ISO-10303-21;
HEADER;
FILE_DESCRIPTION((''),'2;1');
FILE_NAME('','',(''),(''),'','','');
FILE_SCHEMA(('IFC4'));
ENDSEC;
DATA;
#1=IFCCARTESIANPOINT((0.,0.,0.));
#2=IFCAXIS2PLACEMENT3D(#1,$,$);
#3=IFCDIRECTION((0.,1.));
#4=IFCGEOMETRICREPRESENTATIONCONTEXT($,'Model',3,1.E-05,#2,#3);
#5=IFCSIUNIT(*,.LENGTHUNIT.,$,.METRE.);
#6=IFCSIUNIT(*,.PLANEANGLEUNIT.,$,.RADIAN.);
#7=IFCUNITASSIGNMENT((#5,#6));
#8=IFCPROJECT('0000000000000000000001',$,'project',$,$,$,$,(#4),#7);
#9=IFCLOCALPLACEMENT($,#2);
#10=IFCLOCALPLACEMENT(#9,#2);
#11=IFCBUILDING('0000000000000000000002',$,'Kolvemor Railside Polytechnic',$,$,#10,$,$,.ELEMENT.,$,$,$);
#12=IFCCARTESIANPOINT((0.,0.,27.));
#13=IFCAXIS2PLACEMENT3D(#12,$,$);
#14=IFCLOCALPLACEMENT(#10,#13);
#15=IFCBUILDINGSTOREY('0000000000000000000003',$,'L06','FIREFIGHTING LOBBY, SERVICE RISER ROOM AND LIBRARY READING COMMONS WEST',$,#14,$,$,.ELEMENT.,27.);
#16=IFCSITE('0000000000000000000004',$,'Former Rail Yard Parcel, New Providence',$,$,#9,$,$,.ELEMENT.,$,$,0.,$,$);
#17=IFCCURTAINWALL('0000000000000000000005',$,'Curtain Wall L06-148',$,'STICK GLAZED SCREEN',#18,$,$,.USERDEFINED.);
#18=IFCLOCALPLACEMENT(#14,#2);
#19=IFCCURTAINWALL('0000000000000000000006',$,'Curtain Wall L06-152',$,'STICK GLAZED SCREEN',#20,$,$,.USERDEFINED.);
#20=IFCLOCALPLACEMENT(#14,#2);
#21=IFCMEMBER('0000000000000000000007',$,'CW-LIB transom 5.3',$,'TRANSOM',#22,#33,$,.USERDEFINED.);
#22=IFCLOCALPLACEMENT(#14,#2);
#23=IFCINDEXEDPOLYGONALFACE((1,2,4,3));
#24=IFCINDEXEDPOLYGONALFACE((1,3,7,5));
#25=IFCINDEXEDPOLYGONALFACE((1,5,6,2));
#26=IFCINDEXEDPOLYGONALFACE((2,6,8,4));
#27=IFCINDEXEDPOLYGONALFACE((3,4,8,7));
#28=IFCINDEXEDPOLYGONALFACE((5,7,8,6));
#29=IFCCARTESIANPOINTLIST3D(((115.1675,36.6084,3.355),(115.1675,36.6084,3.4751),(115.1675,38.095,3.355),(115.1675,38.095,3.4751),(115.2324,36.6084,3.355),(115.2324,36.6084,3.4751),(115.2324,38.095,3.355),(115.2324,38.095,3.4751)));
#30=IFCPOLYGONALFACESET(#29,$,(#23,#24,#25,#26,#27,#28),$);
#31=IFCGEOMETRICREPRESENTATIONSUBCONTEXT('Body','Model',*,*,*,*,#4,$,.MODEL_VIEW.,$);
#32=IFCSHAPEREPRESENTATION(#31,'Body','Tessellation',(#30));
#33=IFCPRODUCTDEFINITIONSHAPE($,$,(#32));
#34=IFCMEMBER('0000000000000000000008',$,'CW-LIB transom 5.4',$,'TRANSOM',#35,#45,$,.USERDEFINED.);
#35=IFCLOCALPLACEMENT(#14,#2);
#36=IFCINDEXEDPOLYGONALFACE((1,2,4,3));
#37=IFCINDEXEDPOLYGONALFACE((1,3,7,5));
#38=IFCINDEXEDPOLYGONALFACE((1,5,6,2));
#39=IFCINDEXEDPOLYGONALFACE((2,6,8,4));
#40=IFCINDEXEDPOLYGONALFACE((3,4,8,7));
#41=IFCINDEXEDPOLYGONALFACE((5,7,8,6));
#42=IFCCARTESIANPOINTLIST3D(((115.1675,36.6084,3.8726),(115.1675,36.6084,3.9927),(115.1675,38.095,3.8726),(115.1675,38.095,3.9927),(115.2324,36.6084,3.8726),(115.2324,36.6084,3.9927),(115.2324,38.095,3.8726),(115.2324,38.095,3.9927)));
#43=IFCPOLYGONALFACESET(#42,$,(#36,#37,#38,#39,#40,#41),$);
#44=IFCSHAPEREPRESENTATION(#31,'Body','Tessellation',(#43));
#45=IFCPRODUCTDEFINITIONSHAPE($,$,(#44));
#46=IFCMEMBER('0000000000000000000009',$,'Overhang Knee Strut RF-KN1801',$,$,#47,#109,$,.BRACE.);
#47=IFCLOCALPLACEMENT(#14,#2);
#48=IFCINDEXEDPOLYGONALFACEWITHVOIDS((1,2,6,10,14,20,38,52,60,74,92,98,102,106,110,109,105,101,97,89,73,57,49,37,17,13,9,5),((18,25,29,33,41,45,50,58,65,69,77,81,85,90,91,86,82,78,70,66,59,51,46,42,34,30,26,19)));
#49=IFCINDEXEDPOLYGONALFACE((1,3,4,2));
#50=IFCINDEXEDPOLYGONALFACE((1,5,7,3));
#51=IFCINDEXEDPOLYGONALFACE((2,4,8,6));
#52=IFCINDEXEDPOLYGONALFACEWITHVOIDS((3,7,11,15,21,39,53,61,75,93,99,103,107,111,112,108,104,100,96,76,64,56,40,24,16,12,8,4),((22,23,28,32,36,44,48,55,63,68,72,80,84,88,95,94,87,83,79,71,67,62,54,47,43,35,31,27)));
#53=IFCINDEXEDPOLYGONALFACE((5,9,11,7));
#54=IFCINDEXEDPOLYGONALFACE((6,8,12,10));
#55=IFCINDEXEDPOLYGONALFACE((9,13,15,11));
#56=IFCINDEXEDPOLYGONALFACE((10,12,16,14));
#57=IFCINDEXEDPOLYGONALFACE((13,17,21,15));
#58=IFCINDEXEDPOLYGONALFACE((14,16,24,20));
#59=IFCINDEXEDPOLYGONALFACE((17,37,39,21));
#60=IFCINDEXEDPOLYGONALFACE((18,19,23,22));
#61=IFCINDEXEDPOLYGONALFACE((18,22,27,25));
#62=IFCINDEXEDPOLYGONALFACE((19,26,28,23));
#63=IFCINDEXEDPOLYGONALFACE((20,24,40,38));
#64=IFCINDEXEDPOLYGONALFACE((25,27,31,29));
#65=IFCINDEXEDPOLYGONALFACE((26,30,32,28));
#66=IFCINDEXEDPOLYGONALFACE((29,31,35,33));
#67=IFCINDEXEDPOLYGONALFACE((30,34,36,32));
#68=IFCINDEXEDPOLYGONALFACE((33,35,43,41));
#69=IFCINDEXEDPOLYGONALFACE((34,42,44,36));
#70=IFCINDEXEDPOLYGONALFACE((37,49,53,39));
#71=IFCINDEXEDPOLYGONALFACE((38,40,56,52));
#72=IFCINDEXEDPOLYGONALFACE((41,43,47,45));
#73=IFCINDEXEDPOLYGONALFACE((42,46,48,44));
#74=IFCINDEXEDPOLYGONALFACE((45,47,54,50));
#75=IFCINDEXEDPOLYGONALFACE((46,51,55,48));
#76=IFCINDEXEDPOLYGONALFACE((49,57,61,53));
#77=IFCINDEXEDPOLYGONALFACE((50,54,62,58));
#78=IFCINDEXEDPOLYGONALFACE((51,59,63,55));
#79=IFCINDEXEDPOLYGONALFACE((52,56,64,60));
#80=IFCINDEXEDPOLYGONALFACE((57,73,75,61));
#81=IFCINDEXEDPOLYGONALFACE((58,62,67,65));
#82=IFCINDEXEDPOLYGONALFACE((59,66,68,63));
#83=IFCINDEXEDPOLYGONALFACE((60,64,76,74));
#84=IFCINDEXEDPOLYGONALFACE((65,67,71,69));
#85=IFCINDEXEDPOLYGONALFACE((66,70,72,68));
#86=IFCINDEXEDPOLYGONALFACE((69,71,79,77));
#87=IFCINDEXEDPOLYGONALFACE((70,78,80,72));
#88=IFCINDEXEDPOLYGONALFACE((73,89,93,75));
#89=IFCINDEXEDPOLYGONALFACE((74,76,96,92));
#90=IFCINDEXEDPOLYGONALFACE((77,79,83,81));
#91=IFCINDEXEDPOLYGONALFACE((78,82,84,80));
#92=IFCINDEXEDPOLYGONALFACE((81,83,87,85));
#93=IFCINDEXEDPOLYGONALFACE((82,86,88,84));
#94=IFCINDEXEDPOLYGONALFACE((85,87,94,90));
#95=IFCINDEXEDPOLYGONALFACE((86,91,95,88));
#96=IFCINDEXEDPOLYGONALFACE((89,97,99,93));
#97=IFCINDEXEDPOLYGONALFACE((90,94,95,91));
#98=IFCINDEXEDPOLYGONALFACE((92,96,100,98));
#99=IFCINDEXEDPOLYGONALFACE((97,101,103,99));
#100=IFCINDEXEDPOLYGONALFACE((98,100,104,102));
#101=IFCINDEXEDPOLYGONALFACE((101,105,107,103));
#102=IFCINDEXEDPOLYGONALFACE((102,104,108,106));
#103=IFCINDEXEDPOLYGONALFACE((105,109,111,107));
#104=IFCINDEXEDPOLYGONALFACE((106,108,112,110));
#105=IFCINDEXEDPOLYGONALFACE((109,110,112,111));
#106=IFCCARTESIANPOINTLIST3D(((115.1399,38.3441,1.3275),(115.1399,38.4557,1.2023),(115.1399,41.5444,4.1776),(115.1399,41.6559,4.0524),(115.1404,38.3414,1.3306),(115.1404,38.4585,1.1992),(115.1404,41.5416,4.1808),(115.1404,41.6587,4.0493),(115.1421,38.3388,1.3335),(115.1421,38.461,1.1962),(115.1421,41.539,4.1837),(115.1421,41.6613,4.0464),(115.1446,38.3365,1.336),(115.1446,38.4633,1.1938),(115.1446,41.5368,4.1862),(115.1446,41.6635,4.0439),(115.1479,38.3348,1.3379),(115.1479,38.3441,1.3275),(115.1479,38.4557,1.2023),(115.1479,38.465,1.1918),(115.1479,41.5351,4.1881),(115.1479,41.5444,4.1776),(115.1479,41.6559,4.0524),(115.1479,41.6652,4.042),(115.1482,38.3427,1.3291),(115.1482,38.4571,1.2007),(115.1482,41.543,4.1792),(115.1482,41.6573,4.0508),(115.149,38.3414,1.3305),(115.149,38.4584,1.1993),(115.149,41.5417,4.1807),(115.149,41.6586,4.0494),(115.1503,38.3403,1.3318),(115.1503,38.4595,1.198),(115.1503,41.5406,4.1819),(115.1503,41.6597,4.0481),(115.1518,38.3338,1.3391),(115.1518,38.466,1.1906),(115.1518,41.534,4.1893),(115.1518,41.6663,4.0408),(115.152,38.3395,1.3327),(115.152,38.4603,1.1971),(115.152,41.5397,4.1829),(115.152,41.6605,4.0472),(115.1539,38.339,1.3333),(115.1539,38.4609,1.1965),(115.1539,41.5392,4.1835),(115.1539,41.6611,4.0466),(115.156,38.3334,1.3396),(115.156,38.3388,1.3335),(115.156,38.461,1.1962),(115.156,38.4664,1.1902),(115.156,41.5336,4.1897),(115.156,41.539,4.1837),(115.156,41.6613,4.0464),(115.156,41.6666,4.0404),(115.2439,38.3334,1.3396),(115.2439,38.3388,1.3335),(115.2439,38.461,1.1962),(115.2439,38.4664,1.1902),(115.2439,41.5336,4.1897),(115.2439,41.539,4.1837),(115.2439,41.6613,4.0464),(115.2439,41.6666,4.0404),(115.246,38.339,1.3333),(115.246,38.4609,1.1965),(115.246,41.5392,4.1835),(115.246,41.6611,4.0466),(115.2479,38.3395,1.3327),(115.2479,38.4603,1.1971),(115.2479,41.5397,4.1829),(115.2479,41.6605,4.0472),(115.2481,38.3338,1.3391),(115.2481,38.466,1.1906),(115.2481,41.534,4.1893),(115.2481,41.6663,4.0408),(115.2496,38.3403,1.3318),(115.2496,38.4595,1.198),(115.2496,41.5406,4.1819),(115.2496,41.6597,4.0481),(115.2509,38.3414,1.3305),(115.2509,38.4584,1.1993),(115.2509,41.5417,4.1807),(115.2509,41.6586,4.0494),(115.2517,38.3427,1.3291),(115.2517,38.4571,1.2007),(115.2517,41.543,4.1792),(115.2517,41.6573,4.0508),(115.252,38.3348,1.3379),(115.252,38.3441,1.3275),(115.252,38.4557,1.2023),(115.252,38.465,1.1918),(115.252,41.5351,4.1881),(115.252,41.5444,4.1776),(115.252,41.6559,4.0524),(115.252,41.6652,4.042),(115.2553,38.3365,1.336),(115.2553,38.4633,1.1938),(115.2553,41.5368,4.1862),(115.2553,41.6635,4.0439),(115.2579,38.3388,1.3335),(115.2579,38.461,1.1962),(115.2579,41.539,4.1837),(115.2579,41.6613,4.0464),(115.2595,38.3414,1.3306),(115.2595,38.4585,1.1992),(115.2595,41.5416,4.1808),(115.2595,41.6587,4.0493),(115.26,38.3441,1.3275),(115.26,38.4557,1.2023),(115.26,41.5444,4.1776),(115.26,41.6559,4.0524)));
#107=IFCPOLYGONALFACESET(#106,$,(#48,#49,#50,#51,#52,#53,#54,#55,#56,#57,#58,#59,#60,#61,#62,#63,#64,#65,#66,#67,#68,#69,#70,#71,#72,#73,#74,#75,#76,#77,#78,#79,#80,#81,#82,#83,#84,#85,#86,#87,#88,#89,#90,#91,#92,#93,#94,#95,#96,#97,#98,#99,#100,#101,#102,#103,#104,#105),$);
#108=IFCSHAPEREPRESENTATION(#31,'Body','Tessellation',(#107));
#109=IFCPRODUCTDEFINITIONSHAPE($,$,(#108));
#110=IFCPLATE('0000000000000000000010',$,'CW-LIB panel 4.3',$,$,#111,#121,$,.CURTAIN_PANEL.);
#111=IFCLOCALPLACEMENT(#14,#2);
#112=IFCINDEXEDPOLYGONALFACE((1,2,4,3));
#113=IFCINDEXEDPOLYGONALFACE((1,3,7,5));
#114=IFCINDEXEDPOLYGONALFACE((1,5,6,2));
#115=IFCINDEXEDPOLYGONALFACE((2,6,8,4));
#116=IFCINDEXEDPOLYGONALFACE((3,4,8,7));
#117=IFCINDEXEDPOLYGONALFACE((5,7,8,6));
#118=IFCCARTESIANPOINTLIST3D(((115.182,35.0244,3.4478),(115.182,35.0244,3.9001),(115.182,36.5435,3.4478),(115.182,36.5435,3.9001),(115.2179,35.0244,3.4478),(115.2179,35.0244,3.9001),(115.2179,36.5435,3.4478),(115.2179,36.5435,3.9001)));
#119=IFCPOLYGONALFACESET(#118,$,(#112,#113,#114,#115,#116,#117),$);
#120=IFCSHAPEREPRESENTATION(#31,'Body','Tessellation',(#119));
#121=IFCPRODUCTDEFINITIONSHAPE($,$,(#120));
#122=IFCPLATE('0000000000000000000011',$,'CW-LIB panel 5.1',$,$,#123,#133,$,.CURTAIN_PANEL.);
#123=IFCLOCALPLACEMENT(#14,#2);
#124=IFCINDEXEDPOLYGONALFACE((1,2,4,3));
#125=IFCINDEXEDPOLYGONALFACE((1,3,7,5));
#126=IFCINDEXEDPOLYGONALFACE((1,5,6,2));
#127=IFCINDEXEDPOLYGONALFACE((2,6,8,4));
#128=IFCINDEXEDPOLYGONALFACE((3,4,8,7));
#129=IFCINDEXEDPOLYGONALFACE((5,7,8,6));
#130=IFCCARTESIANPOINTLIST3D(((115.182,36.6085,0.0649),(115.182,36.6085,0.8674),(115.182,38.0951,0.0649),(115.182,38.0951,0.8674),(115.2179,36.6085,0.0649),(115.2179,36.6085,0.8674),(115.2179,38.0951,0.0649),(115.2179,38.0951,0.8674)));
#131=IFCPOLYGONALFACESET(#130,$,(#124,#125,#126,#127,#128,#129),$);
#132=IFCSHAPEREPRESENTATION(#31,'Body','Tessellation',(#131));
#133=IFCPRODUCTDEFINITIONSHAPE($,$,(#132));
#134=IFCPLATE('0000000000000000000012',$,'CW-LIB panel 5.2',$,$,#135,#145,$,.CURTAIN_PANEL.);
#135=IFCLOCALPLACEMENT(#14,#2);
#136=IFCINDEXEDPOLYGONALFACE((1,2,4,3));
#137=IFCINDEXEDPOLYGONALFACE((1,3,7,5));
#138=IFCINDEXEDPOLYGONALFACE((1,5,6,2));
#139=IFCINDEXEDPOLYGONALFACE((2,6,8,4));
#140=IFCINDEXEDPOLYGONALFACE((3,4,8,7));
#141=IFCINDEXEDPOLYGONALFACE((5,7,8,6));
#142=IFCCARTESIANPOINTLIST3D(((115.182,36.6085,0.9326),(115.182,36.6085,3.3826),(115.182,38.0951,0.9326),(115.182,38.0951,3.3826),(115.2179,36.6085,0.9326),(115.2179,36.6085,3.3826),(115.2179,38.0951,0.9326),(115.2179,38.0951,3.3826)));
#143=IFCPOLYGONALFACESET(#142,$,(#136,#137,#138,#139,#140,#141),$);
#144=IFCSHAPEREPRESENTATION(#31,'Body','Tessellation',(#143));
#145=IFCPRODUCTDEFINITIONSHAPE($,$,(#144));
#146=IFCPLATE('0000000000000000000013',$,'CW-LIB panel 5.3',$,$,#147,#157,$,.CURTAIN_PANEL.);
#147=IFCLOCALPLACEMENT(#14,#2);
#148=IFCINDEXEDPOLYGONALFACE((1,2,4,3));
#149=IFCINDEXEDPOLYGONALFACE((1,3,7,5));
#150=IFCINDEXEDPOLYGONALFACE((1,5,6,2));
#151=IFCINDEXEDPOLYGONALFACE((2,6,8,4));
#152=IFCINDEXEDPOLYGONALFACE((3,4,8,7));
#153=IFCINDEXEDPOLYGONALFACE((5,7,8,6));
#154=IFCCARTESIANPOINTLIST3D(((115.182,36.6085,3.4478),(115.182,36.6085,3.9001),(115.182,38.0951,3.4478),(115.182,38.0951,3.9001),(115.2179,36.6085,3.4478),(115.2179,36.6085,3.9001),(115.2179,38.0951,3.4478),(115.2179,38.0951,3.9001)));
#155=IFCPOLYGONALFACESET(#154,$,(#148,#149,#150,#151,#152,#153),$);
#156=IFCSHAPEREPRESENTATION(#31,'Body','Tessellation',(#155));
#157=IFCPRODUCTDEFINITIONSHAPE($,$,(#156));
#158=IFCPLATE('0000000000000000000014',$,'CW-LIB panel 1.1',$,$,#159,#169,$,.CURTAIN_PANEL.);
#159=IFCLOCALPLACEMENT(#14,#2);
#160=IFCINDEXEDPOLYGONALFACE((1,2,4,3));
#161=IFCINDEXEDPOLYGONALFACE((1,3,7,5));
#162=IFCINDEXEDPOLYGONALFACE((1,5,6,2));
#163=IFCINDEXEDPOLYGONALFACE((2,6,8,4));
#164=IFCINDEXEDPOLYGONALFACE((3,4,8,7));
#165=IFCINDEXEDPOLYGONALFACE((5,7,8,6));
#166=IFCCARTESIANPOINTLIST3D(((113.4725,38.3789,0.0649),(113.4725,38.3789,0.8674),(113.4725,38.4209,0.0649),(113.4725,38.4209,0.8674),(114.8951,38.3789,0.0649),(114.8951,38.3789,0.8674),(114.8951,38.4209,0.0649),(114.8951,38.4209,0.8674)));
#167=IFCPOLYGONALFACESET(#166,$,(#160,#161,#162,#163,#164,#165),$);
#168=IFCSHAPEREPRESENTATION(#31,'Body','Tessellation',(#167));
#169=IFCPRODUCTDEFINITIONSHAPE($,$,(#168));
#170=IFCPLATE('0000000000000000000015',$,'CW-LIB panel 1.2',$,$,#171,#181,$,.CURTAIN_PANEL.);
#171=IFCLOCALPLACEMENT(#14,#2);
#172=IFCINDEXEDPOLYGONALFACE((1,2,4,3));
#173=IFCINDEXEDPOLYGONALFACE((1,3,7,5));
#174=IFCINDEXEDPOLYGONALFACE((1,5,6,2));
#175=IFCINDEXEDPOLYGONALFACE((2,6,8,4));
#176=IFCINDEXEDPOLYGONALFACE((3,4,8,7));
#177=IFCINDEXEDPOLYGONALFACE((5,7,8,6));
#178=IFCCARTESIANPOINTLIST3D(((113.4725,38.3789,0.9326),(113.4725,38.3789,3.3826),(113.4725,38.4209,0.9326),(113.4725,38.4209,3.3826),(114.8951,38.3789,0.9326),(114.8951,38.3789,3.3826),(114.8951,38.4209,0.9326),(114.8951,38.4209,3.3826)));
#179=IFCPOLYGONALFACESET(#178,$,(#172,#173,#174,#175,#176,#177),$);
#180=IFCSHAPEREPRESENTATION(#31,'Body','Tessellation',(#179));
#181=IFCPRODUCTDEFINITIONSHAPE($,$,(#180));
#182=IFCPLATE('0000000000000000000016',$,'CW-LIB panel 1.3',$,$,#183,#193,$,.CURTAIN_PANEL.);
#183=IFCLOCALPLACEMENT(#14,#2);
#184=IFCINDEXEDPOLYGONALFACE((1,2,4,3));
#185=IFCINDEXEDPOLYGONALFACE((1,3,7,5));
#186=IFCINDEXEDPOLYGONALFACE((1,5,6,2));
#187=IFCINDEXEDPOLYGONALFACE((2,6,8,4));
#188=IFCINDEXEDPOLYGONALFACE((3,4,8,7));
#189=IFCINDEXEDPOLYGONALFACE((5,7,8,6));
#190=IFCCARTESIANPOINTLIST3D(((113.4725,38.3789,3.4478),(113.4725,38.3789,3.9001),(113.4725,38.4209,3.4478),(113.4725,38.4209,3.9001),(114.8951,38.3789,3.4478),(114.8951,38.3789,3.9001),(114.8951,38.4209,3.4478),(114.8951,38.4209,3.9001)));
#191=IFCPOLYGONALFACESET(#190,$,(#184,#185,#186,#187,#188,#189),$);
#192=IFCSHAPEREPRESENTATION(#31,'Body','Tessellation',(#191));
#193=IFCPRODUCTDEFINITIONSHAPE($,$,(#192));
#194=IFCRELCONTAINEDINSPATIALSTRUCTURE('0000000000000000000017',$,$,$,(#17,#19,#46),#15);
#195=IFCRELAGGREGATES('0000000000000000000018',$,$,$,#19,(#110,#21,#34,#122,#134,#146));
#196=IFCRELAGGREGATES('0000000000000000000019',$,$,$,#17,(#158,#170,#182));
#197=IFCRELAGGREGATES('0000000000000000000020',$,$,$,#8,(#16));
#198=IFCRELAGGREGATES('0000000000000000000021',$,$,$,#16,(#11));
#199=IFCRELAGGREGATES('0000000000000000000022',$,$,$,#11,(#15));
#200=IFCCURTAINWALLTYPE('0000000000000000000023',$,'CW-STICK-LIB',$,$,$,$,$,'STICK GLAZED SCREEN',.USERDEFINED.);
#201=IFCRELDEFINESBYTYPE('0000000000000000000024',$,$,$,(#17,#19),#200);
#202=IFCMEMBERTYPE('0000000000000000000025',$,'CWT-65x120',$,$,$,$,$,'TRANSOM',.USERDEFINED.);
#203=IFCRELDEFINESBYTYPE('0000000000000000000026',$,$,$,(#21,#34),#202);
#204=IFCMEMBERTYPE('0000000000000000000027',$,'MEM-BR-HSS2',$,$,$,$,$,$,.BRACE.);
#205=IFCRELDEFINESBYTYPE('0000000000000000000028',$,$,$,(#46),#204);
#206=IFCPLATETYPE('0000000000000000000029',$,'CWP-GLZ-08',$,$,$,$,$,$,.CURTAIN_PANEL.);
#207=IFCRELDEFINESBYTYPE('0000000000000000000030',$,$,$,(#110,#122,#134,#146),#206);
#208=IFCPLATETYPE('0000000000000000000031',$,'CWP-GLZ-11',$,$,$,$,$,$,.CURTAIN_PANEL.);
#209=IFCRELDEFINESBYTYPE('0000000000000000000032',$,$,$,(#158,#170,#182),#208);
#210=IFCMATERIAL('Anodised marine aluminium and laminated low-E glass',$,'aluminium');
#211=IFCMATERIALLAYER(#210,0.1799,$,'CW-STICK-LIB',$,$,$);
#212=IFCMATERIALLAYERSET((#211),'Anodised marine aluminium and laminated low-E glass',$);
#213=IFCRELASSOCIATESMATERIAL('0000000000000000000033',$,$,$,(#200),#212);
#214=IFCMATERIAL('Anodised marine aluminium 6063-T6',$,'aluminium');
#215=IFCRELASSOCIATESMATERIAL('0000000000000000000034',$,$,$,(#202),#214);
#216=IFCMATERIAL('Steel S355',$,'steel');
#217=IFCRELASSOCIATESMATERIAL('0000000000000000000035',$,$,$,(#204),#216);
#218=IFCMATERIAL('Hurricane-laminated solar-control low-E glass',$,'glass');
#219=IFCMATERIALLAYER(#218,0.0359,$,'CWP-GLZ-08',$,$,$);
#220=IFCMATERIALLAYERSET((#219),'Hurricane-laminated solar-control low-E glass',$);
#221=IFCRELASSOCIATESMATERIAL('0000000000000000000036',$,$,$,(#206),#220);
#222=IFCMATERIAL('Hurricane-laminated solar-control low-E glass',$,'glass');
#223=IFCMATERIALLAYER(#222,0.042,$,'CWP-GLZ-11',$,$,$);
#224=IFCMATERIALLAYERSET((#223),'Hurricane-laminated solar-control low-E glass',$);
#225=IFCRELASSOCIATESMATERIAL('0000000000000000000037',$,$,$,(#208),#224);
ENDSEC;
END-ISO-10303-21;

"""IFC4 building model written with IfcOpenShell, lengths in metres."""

from ifc_helpers import new_model, si_unit, direction, frame, origin, origin_2d, place, context, subcontext, project, spatial, rectangle, hollow_rectangle, extrude, material, layer, layer_set, material_profile, profile_set, type_object, element, aggregate, save


model = new_model("IFC4")

# Units and contexts
model_context = context("Model", 3, precision=1e-05, world=origin(), true_north=direction((0.0, 1.0)))
body_context = subcontext(model_context, "Body", "Model", "MODEL_VIEW")
ifc_project = project(units=[si_unit("LENGTHUNIT", "METRE"), si_unit("PLANEANGLEUNIT", "RADIAN")], contexts=[model_context])

# Site, building, storey
site_placement = place(None, origin())
site = spatial("IfcSite", under=ifc_project, at=site_placement, Name="Former Rail Yard Parcel, New Providence", CompositionType="ELEMENT", RefElevation=0.0)
building_placement = place(site_placement, origin())
building = spatial("IfcBuilding", under=site, at=building_placement, Name="Kolvemor Railside Polytechnic", CompositionType="ELEMENT")
storey_placement = place(building_placement, frame((0.0, 0.0, 27.0)))
storey = spatial("IfcBuildingStorey", under=building, at=storey_placement, Name="L06", Description="FIREFIGHTING LOBBY, SERVICE RISER ROOM AND LIBRARY READING COMMONS WEST", CompositionType="ELEMENT", Elevation=27.0)

# Curtain walls
ifc_material_1 = material(Name="Anodised marine aluminium and laminated low-E glass", Category="aluminium")
ifc_layer_1 = layer(ifc_material_1, 0.1799, Name="CW-STICK-LIB")
ifc_layer_set_1 = layer_set([ifc_layer_1], Name="Anodised marine aluminium and laminated low-E glass")
curtain_wall_type = type_object("IfcCurtainWallType", Name="CW-STICK-LIB", ElementType="STICK GLAZED SCREEN", PredefinedType="USERDEFINED", material=ifc_layer_set_1)
curtain_wall_1_placement = place(storey_placement, origin())
curtain_wall_1 = element("IfcCurtainWall", 1, at=curtain_wall_1_placement, inside=storey, type_object=curtain_wall_type, Name="Curtain Wall L06-148", ObjectType="STICK GLAZED SCREEN", PredefinedType="USERDEFINED")
curtain_wall_2_placement = place(storey_placement, origin())
curtain_wall_2 = element("IfcCurtainWall", 2, at=curtain_wall_2_placement, inside=storey, type_object=curtain_wall_type, Name="Curtain Wall L06-152", ObjectType="STICK GLAZED SCREEN", PredefinedType="USERDEFINED")

# Members
ifc_material_2 = material(Name="Anodised marine aluminium 6063-T6", Category="aluminium")
ifc_material_profile_1 = material_profile(ifc_material_2, rectangle(XDim=0.0649, YDim=0.1201, at=origin_2d()), Name="CW-TRN-65x120")
ifc_profile_set_1 = profile_set([ifc_material_profile_1], Name="Anodised marine aluminium 6063-T6")
member_type_1 = type_object("IfcMemberType", Name="CWT-65x120", ElementType="TRANSOM", PredefinedType="USERDEFINED", material=ifc_profile_set_1)
member_1_placement = place(storey_placement, frame((115.2, 36.6084, 3.415), z_axis=(0.0, 1.0, 0.0), x_axis=(-1.0, 0.0, 0.0)))
member_1 = element("IfcMember", 3, at=member_1_placement, type_object=member_type_1, Name="CW-LIB transom 5.3", ObjectType="TRANSOM", PredefinedType="USERDEFINED", context=body_context, shape_type="SweptSolid", body=[
    extrude(rectangle(XDim=0.0649, YDim=0.1201, at=origin_2d()), origin(), (0.0, 0.0, 1.0), 1.4866),
])
member_2_placement = place(storey_placement, frame((115.2, 36.6084, 3.9326), z_axis=(0.0, 1.0, 0.0), x_axis=(-1.0, 0.0, 0.0)))
member_2 = element("IfcMember", 4, at=member_2_placement, type_object=member_type_1, Name="CW-LIB transom 5.4", ObjectType="TRANSOM", PredefinedType="USERDEFINED", context=body_context, shape_type="SweptSolid", body=[
    extrude(rectangle(XDim=0.0649, YDim=0.1201, at=origin_2d()), origin(), (0.0, 0.0, 1.0), 1.4866),
])
ifc_material_3 = material(Name="Steel S355", Category="steel")
ifc_material_profile_2 = material_profile(ifc_material_3, hollow_rectangle(XDim=0.1201, YDim=0.2, WallThickness=0.0081, InnerFilletRadius=0.0081, OuterFilletRadius=0.0161, at=origin_2d()), Name="HSS200x120x8")
ifc_profile_set_2 = profile_set([ifc_material_profile_2], Name="Steel S355")
member_type_2 = type_object("IfcMemberType", Name="MEM-BR-HSS2", PredefinedType="BRACE", material=ifc_profile_set_2)
member_3_placement = place(storey_placement, frame((115.2, 38.3999, 1.2649), z_axis=(0.0, 0.746774, 0.665078), x_axis=(-1.0, 0.0, 0.0)))
element("IfcMember", 5, at=member_3_placement, inside=storey, type_object=member_type_2, Name="Overhang Knee Strut RF-KN1801", PredefinedType="BRACE", context=body_context, shape_type="SweptSolid", body=[
    extrude(hollow_rectangle(XDim=0.1201, YDim=0.2, WallThickness=0.0081, InnerFilletRadius=0.0081, OuterFilletRadius=0.0161, at=origin_2d()), origin(), (0.0, 0.0, 1.0), 4.2854),
])

# Plates
ifc_material_4 = material(Name="Hurricane-laminated solar-control low-E glass", Category="glass")
ifc_layer_2 = layer(ifc_material_4, 0.0359, Name="CWP-GLZ-08")
ifc_layer_set_2 = layer_set([ifc_layer_2], Name="Hurricane-laminated solar-control low-E glass")
plate_type_1 = type_object("IfcPlateType", Name="CWP-GLZ-08", PredefinedType="CURTAIN_PANEL", material=ifc_layer_set_2)
plate_1_placement = place(storey_placement, frame((115.2, 35.7839, 3.4478), z_axis=(0.0, 0.0, 1.0), x_axis=(0.0, 1.0, 0.0)))
plate_1 = element("IfcPlate", 6, at=plate_1_placement, type_object=plate_type_1, Name="CW-LIB panel 4.3", PredefinedType="CURTAIN_PANEL", context=body_context, shape_type="SweptSolid", body=[
    extrude(rectangle(XDim=1.519, YDim=0.0359, at=origin_2d()), origin(), (0.0, 0.0, 1.0), 0.4524),
])
plate_2_placement = place(storey_placement, frame((115.2, 37.3518, 0.0649), z_axis=(0.0, 0.0, 1.0), x_axis=(0.0, 1.0, 0.0)))
plate_2 = element("IfcPlate", 7, at=plate_2_placement, type_object=plate_type_1, Name="CW-LIB panel 5.1", PredefinedType="CURTAIN_PANEL", context=body_context, shape_type="SweptSolid", body=[
    extrude(rectangle(XDim=1.4866, YDim=0.0359, at=origin_2d()), origin(), (0.0, 0.0, 1.0), 0.8025),
])
plate_3_placement = place(storey_placement, frame((115.2, 37.3518, 0.9326), z_axis=(0.0, 0.0, 1.0), x_axis=(0.0, 1.0, 0.0)))
plate_3 = element("IfcPlate", 8, at=plate_3_placement, type_object=plate_type_1, Name="CW-LIB panel 5.2", PredefinedType="CURTAIN_PANEL", context=body_context, shape_type="SweptSolid", body=[
    extrude(rectangle(XDim=1.4866, YDim=0.0359, at=origin_2d()), origin(), (0.0, 0.0, 1.0), 2.45),
])
plate_4_placement = place(storey_placement, frame((115.2, 37.3518, 3.4478), z_axis=(0.0, 0.0, 1.0), x_axis=(0.0, 1.0, 0.0)))
plate_4 = element("IfcPlate", 9, at=plate_4_placement, type_object=plate_type_1, Name="CW-LIB panel 5.3", PredefinedType="CURTAIN_PANEL", context=body_context, shape_type="SweptSolid", body=[
    extrude(rectangle(XDim=1.4866, YDim=0.0359, at=origin_2d()), origin(), (0.0, 0.0, 1.0), 0.4524),
])
aggregate(curtain_wall_2, [plate_1, member_1, member_2, plate_2, plate_3, plate_4])
ifc_material_5 = material(Name="Hurricane-laminated solar-control low-E glass", Category="glass")
ifc_layer_3 = layer(ifc_material_5, 0.042, Name="CWP-GLZ-11")
ifc_layer_set_3 = layer_set([ifc_layer_3], Name="Hurricane-laminated solar-control low-E glass")
plate_type_2 = type_object("IfcPlateType", Name="CWP-GLZ-11", PredefinedType="CURTAIN_PANEL", material=ifc_layer_set_3)
plate_5_placement = place(storey_placement, frame((114.1838, 38.3999, 0.0649), z_axis=(0.0, 0.0, 1.0), x_axis=(-1.0, 0.0, 0.0)))
plate_5 = element("IfcPlate", 10, at=plate_5_placement, type_object=plate_type_2, Name="CW-LIB panel 1.1", PredefinedType="CURTAIN_PANEL", context=body_context, shape_type="SweptSolid", body=[
    extrude(rectangle(XDim=1.4226, YDim=0.042, at=origin_2d()), origin(), (0.0, 0.0, 1.0), 0.8025),
])
plate_6_placement = place(storey_placement, frame((114.1838, 38.3999, 0.9326), z_axis=(0.0, 0.0, 1.0), x_axis=(-1.0, 0.0, 0.0)))
plate_6 = element("IfcPlate", 11, at=plate_6_placement, type_object=plate_type_2, Name="CW-LIB panel 1.2", PredefinedType="CURTAIN_PANEL", context=body_context, shape_type="SweptSolid", body=[
    extrude(rectangle(XDim=1.4226, YDim=0.042, at=origin_2d()), origin(), (0.0, 0.0, 1.0), 2.45),
])
plate_7_placement = place(storey_placement, frame((114.1838, 38.3999, 3.4478), z_axis=(0.0, 0.0, 1.0), x_axis=(-1.0, 0.0, 0.0)))
plate_7 = element("IfcPlate", 12, at=plate_7_placement, type_object=plate_type_2, Name="CW-LIB panel 1.3", PredefinedType="CURTAIN_PANEL", context=body_context, shape_type="SweptSolid", body=[
    extrude(rectangle(XDim=1.4226, YDim=0.042, at=origin_2d()), origin(), (0.0, 0.0, 1.0), 0.4524),
])
aggregate(curtain_wall_1, [plate_5, plate_6, plate_7])

save(model, "model.ifc")
